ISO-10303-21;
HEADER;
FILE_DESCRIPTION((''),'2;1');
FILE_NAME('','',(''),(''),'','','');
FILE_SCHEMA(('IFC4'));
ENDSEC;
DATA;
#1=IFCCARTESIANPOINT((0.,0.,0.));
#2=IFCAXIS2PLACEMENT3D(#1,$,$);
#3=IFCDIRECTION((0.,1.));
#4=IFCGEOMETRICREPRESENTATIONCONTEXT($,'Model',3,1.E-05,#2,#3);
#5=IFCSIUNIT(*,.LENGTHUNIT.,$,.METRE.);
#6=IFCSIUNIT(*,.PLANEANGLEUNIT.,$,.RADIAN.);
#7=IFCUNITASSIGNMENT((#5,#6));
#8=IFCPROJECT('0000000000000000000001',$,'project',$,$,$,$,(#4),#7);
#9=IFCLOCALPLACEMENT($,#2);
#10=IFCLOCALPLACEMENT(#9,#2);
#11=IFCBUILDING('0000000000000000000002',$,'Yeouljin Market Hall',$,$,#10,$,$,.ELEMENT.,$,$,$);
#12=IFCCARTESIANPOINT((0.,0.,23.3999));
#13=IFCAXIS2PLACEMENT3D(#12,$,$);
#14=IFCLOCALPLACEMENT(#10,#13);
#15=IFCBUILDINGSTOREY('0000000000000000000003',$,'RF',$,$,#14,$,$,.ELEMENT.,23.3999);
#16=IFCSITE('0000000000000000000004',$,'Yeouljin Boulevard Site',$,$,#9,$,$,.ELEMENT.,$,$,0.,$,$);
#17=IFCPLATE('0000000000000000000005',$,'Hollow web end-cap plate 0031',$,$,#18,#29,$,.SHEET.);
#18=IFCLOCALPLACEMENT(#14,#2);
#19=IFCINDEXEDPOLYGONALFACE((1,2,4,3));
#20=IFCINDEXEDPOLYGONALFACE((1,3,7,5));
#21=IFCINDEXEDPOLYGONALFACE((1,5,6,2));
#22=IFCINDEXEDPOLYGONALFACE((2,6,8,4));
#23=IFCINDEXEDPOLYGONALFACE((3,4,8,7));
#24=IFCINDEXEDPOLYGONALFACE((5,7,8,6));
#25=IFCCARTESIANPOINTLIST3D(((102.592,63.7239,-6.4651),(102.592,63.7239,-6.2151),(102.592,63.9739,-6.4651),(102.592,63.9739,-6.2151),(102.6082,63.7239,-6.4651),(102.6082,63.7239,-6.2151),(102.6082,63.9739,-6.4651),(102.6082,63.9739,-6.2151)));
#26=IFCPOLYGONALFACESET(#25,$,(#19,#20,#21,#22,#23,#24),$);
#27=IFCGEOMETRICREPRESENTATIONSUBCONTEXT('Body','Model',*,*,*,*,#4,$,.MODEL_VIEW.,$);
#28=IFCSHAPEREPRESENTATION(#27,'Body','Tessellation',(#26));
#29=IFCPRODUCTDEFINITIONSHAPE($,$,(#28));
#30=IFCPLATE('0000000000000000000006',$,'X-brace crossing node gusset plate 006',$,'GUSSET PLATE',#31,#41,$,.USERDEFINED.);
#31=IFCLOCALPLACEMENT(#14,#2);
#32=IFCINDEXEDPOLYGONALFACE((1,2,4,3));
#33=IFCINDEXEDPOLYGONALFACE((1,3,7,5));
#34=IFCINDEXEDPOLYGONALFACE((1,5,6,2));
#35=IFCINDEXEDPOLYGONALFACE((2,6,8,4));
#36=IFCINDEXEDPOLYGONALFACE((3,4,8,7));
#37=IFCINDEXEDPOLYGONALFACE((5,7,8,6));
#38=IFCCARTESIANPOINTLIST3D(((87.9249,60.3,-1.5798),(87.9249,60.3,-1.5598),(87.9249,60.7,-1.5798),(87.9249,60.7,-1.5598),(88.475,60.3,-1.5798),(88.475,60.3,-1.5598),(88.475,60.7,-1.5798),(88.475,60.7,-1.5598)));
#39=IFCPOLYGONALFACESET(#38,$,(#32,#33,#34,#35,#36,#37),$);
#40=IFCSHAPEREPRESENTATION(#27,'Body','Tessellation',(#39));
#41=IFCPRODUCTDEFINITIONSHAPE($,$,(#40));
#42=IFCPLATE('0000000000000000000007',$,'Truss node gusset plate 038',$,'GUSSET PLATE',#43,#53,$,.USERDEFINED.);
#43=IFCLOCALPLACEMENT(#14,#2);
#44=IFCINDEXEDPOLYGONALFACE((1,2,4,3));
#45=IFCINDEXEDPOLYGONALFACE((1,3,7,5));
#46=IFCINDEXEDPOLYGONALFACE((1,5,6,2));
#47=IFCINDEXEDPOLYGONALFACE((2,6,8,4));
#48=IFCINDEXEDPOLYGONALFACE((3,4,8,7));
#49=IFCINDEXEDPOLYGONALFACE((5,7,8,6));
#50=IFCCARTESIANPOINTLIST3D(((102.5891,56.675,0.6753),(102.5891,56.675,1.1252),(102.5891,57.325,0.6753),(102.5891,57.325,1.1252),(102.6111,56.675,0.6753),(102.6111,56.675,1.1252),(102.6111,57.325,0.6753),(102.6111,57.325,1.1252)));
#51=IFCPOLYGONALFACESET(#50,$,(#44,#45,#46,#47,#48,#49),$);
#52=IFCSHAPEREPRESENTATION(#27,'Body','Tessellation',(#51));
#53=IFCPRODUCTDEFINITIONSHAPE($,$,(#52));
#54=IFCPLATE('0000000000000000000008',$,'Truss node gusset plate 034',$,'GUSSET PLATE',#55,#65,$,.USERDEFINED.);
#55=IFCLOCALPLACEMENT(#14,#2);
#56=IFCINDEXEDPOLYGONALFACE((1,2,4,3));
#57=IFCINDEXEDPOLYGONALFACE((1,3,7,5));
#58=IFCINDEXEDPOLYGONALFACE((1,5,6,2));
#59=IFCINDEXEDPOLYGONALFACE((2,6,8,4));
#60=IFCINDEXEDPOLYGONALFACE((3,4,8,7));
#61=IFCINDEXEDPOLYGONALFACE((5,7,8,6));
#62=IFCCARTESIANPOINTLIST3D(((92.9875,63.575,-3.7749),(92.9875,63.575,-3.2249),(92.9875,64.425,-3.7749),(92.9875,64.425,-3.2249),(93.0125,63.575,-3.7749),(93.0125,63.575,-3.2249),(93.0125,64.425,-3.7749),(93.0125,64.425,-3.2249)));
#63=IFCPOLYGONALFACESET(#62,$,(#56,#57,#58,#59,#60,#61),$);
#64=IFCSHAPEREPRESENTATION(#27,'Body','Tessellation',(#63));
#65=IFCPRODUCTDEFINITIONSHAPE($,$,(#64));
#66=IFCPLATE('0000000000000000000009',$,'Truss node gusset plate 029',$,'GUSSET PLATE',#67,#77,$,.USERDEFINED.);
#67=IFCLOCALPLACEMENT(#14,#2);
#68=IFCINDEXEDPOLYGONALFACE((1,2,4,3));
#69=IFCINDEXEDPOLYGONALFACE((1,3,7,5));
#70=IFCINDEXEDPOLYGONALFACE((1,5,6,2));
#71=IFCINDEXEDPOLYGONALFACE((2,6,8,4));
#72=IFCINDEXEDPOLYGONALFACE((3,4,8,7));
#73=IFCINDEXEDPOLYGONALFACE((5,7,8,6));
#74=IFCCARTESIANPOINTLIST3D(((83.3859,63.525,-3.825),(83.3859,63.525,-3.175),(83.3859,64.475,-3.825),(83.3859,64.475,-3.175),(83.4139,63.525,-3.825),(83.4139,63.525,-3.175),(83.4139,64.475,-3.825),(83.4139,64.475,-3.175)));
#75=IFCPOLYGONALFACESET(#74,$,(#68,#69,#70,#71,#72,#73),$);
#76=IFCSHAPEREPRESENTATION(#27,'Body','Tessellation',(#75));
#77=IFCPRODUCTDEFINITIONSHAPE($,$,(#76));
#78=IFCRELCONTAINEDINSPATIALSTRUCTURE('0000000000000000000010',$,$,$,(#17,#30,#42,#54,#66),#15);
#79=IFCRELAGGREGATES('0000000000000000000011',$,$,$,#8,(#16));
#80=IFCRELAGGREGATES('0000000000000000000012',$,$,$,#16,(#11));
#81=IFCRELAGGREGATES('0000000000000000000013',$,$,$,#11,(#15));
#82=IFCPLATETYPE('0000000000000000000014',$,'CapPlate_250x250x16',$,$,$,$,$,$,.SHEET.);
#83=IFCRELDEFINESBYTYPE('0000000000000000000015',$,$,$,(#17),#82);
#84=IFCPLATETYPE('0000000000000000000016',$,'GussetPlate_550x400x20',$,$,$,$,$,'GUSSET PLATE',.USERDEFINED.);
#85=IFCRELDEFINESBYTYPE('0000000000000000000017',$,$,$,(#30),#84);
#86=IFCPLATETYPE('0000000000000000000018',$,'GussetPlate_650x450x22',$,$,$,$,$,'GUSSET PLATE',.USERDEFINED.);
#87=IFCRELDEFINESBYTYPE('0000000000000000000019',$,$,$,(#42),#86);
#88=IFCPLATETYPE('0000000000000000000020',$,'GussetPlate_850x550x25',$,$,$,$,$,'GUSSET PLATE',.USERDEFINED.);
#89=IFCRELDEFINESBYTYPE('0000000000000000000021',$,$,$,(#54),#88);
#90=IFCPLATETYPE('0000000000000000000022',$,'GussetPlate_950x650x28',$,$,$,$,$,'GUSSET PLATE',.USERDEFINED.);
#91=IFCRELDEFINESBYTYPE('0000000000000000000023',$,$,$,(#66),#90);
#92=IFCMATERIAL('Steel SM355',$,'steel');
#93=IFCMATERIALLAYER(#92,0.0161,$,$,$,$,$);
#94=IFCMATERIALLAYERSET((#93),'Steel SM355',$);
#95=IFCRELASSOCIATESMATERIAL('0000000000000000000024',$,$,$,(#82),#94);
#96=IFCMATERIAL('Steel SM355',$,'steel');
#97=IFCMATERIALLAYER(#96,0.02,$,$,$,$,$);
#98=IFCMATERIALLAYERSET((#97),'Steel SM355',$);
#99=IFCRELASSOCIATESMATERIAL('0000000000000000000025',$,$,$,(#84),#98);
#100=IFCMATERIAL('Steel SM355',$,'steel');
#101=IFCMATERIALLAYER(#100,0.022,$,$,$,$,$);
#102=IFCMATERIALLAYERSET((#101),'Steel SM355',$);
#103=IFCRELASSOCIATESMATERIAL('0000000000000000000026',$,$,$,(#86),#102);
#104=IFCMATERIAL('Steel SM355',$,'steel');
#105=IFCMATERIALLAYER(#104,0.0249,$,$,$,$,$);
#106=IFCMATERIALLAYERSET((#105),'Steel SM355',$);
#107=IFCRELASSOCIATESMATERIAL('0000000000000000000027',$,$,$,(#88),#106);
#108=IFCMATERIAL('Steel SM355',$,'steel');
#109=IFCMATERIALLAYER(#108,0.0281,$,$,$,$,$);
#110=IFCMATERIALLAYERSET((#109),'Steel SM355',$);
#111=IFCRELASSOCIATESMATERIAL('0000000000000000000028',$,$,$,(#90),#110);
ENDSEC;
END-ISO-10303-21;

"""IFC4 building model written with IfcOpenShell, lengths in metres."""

from ifc_helpers import new_model, si_unit, direction, frame, origin, origin_2d, place, context, subcontext, project, spatial, rectangle, extrude, material, layer, layer_set, type_object, element, save


model = new_model("IFC4")

# Units and contexts
model_context = context("Model", 3, precision=1e-05, world=origin(), true_north=direction((0.0, 1.0)))
body_context = subcontext(model_context, "Body", "Model", "MODEL_VIEW")
ifc_project = project(units=[si_unit("LENGTHUNIT", "METRE"), si_unit("PLANEANGLEUNIT", "RADIAN")], contexts=[model_context])

# Site, building, storey
site_placement = place(None, origin())
site = spatial("IfcSite", under=ifc_project, at=site_placement, Name="Yeouljin Boulevard Site", CompositionType="ELEMENT", RefElevation=0.0)
building_placement = place(site_placement, origin())
building = spatial("IfcBuilding", under=site, at=building_placement, Name="Yeouljin Market Hall", CompositionType="ELEMENT")
storey_placement = place(building_placement, frame((0.0, 0.0, 23.3999)))
storey = spatial("IfcBuildingStorey", under=building, at=storey_placement, Name="RF", CompositionType="ELEMENT", Elevation=23.3999)

# Plates
ifc_material_1 = material(Name="Steel SM355", Category="steel")
ifc_layer_1 = layer(ifc_material_1, 0.0161)
ifc_layer_set_1 = layer_set([ifc_layer_1], Name="Steel SM355")
plate_type_1 = type_object("IfcPlateType", Name="CapPlate_250x250x16", PredefinedType="SHEET", material=ifc_layer_set_1)
plate_1_placement = place(storey_placement, frame((102.6001, 63.8489, -6.4651), z_axis=(0.0, 0.0, 1.0), x_axis=(0.0, 1.0, 0.0)))
element("IfcPlate", 1, at=plate_1_placement, inside=storey, type_object=plate_type_1, Name="Hollow web end-cap plate 0031", PredefinedType="SHEET", context=body_context, shape_type="SweptSolid", body=[
    extrude(rectangle(XDim=0.25, YDim=0.0161, at=origin_2d()), origin(), (0.0, 0.0, 1.0), 0.25),
])
ifc_material_2 = material(Name="Steel SM355", Category="steel")
ifc_layer_2 = layer(ifc_material_2, 0.02)
ifc_layer_set_2 = layer_set([ifc_layer_2], Name="Steel SM355")
plate_type_2 = type_object("IfcPlateType", Name="GussetPlate_550x400x20", ElementType="GUSSET PLATE", PredefinedType="USERDEFINED", material=ifc_layer_set_2)
plate_2_placement = place(storey_placement, frame((88.2, 60.5, -1.5798), z_axis=(0.0, 0.0, 1.0), x_axis=(1.0, 0.0, 0.0)))
element("IfcPlate", 2, at=plate_2_placement, inside=storey, type_object=plate_type_2, Name="X-brace crossing node gusset plate 006", ObjectType="GUSSET PLATE", PredefinedType="USERDEFINED", context=body_context, shape_type="SweptSolid", body=[
    extrude(rectangle(XDim=0.55, YDim=0.3999, at=origin_2d()), origin(), (0.0, 0.0, 1.0), 0.02),
])
ifc_material_3 = material(Name="Steel SM355", Category="steel")
ifc_layer_3 = layer(ifc_material_3, 0.022)
ifc_layer_set_3 = layer_set([ifc_layer_3], Name="Steel SM355")
plate_type_3 = type_object("IfcPlateType", Name="GussetPlate_650x450x22", ElementType="GUSSET PLATE", PredefinedType="USERDEFINED", material=ifc_layer_set_3)
plate_3_placement = place(storey_placement, frame((102.6001, 57.0, 0.6753), z_axis=(0.0, 0.0, 1.0), x_axis=(0.0, 1.0, 0.0)))
element("IfcPlate", 3, at=plate_3_placement, inside=storey, type_object=plate_type_3, Name="Truss node gusset plate 038", ObjectType="GUSSET PLATE", PredefinedType="USERDEFINED", context=body_context, shape_type="SweptSolid", body=[
    extrude(rectangle(XDim=0.6499, YDim=0.022, at=origin_2d()), origin(), (0.0, 0.0, 1.0), 0.45),
])
ifc_material_4 = material(Name="Steel SM355", Category="steel")
ifc_layer_4 = layer(ifc_material_4, 0.0249)
ifc_layer_set_4 = layer_set([ifc_layer_4], Name="Steel SM355")
plate_type_4 = type_object("IfcPlateType", Name="GussetPlate_850x550x25", ElementType="GUSSET PLATE", PredefinedType="USERDEFINED", material=ifc_layer_set_4)
plate_4_placement = place(storey_placement, frame((93.0, 64.0, -3.7749), z_axis=(0.0, 0.0, 1.0), x_axis=(0.0, 1.0, 0.0)))
element("IfcPlate", 4, at=plate_4_placement, inside=storey, type_object=plate_type_4, Name="Truss node gusset plate 034", ObjectType="GUSSET PLATE", PredefinedType="USERDEFINED", context=body_context, shape_type="SweptSolid", body=[
    extrude(rectangle(XDim=0.8501, YDim=0.0249, at=origin_2d()), origin(), (0.0, 0.0, 1.0), 0.55),
])
ifc_material_5 = material(Name="Steel SM355", Category="steel")
ifc_layer_5 = layer(ifc_material_5, 0.0281)
ifc_layer_set_5 = layer_set([ifc_layer_5], Name="Steel SM355")
plate_type_5 = type_object("IfcPlateType", Name="GussetPlate_950x650x28", ElementType="GUSSET PLATE", PredefinedType="USERDEFINED", material=ifc_layer_set_5)
plate_5_placement = place(storey_placement, frame((83.3999, 64.0, -3.825), z_axis=(0.0, 0.0, 1.0), x_axis=(0.0, 1.0, 0.0)))
element("IfcPlate", 5, at=plate_5_placement, inside=storey, type_object=plate_type_5, Name="Truss node gusset plate 029", ObjectType="GUSSET PLATE", PredefinedType="USERDEFINED", context=body_context, shape_type="SweptSolid", body=[
    extrude(rectangle(XDim=0.95, YDim=0.0281, at=origin_2d()), origin(), (0.0, 0.0, 1.0), 0.6499),
])

save(model, "model.ifc")
